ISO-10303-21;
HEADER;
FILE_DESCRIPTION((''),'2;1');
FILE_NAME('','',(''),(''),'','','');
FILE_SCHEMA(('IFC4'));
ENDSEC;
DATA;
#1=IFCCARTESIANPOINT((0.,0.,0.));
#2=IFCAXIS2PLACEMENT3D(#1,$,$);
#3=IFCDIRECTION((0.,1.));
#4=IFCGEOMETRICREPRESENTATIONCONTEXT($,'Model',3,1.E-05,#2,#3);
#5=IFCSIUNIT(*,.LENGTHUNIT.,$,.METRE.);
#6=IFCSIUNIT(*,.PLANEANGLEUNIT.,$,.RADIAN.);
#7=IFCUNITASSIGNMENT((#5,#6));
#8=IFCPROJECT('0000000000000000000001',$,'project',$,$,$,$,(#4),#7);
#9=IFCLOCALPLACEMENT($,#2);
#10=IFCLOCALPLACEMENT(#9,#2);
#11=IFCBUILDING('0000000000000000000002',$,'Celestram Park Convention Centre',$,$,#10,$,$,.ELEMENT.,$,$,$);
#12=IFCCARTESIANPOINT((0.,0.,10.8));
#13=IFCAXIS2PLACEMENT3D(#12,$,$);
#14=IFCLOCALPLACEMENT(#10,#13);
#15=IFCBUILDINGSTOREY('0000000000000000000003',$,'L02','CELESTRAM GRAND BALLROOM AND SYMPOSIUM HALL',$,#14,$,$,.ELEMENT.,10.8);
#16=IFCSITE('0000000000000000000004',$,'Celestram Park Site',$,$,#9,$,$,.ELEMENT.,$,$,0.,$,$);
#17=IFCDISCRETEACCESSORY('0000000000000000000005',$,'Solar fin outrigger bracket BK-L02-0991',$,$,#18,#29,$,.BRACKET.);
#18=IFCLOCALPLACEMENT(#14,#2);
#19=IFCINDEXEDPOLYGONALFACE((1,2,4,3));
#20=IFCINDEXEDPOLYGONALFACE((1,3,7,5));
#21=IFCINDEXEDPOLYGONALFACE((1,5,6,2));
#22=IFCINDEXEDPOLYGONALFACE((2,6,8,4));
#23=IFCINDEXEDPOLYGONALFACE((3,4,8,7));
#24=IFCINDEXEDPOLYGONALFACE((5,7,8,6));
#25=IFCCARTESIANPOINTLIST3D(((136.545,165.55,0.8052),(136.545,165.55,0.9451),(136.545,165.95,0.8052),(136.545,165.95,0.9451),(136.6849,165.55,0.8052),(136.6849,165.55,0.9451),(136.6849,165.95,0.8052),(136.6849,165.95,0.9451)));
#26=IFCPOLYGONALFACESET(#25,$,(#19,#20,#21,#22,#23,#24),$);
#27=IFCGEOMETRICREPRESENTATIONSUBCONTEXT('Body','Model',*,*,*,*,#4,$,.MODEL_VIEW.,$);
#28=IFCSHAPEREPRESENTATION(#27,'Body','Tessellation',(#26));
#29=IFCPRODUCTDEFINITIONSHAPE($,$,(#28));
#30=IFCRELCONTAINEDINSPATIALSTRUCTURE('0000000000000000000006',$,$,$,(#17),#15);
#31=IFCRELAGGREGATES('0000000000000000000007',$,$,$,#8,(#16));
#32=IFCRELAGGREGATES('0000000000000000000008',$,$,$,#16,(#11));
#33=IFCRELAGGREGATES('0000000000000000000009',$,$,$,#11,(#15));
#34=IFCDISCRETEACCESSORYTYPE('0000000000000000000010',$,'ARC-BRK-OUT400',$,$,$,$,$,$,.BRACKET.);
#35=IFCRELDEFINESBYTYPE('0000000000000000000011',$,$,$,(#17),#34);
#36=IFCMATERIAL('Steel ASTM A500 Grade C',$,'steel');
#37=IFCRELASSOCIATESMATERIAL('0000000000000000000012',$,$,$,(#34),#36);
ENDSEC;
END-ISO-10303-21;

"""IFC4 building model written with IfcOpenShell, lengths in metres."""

from ifc_helpers import new_model, si_unit, direction, frame, origin, origin_2d, place, context, subcontext, project, spatial, rectangle, extrude, material, type_object, element, save


model = new_model("IFC4")

# Units and contexts
model_context = context("Model", 3, precision=1e-05, world=origin(), true_north=direction((0.0, 1.0)))
body_context = subcontext(model_context, "Body", "Model", "MODEL_VIEW")
ifc_project = project(units=[si_unit("LENGTHUNIT", "METRE"), si_unit("PLANEANGLEUNIT", "RADIAN")], contexts=[model_context])

# Site, building, storey
site_placement = place(None, origin())
site = spatial("IfcSite", under=ifc_project, at=site_placement, Name="Celestram Park Site", CompositionType="ELEMENT", RefElevation=0.0)
building_placement = place(site_placement, origin())
building = spatial("IfcBuilding", under=site, at=building_placement, Name="Celestram Park Convention Centre", CompositionType="ELEMENT")
storey_placement = place(building_placement, frame((0.0, 0.0, 10.8)))
storey = spatial("IfcBuildingStorey", under=building, at=storey_placement, Name="L02", Description="CELESTRAM GRAND BALLROOM AND SYMPOSIUM HALL", CompositionType="ELEMENT", Elevation=10.8)

# Discrete accessory
ifc_material_1 = material(Name="Steel ASTM A500 Grade C", Category="steel")
discrete_accessory_type = type_object("IfcDiscreteAccessoryType", Name="ARC-BRK-OUT400", PredefinedType="BRACKET", material=ifc_material_1)
for number, where, z_axis, x_axis, name in (
    (1, (136.615, 165.75, 0.8052), (0.0, 0.0, 1.0), (0.0, 1.0, 0.0), "Solar fin outrigger bracket BK-L02-0991"),
):
    element("IfcDiscreteAccessory", number, at=place(storey_placement, frame(where, z_axis=z_axis, x_axis=x_axis)), inside=storey, type_object=discrete_accessory_type, Name=name, PredefinedType="BRACKET", context=body_context, shape_type="SweptSolid", body=[
        extrude(rectangle(XDim=0.3999, YDim=0.1399, at=origin_2d()), origin(), (0.0, 0.0, 1.0), 0.1399),
    ])

save(model, "model.ifc")
